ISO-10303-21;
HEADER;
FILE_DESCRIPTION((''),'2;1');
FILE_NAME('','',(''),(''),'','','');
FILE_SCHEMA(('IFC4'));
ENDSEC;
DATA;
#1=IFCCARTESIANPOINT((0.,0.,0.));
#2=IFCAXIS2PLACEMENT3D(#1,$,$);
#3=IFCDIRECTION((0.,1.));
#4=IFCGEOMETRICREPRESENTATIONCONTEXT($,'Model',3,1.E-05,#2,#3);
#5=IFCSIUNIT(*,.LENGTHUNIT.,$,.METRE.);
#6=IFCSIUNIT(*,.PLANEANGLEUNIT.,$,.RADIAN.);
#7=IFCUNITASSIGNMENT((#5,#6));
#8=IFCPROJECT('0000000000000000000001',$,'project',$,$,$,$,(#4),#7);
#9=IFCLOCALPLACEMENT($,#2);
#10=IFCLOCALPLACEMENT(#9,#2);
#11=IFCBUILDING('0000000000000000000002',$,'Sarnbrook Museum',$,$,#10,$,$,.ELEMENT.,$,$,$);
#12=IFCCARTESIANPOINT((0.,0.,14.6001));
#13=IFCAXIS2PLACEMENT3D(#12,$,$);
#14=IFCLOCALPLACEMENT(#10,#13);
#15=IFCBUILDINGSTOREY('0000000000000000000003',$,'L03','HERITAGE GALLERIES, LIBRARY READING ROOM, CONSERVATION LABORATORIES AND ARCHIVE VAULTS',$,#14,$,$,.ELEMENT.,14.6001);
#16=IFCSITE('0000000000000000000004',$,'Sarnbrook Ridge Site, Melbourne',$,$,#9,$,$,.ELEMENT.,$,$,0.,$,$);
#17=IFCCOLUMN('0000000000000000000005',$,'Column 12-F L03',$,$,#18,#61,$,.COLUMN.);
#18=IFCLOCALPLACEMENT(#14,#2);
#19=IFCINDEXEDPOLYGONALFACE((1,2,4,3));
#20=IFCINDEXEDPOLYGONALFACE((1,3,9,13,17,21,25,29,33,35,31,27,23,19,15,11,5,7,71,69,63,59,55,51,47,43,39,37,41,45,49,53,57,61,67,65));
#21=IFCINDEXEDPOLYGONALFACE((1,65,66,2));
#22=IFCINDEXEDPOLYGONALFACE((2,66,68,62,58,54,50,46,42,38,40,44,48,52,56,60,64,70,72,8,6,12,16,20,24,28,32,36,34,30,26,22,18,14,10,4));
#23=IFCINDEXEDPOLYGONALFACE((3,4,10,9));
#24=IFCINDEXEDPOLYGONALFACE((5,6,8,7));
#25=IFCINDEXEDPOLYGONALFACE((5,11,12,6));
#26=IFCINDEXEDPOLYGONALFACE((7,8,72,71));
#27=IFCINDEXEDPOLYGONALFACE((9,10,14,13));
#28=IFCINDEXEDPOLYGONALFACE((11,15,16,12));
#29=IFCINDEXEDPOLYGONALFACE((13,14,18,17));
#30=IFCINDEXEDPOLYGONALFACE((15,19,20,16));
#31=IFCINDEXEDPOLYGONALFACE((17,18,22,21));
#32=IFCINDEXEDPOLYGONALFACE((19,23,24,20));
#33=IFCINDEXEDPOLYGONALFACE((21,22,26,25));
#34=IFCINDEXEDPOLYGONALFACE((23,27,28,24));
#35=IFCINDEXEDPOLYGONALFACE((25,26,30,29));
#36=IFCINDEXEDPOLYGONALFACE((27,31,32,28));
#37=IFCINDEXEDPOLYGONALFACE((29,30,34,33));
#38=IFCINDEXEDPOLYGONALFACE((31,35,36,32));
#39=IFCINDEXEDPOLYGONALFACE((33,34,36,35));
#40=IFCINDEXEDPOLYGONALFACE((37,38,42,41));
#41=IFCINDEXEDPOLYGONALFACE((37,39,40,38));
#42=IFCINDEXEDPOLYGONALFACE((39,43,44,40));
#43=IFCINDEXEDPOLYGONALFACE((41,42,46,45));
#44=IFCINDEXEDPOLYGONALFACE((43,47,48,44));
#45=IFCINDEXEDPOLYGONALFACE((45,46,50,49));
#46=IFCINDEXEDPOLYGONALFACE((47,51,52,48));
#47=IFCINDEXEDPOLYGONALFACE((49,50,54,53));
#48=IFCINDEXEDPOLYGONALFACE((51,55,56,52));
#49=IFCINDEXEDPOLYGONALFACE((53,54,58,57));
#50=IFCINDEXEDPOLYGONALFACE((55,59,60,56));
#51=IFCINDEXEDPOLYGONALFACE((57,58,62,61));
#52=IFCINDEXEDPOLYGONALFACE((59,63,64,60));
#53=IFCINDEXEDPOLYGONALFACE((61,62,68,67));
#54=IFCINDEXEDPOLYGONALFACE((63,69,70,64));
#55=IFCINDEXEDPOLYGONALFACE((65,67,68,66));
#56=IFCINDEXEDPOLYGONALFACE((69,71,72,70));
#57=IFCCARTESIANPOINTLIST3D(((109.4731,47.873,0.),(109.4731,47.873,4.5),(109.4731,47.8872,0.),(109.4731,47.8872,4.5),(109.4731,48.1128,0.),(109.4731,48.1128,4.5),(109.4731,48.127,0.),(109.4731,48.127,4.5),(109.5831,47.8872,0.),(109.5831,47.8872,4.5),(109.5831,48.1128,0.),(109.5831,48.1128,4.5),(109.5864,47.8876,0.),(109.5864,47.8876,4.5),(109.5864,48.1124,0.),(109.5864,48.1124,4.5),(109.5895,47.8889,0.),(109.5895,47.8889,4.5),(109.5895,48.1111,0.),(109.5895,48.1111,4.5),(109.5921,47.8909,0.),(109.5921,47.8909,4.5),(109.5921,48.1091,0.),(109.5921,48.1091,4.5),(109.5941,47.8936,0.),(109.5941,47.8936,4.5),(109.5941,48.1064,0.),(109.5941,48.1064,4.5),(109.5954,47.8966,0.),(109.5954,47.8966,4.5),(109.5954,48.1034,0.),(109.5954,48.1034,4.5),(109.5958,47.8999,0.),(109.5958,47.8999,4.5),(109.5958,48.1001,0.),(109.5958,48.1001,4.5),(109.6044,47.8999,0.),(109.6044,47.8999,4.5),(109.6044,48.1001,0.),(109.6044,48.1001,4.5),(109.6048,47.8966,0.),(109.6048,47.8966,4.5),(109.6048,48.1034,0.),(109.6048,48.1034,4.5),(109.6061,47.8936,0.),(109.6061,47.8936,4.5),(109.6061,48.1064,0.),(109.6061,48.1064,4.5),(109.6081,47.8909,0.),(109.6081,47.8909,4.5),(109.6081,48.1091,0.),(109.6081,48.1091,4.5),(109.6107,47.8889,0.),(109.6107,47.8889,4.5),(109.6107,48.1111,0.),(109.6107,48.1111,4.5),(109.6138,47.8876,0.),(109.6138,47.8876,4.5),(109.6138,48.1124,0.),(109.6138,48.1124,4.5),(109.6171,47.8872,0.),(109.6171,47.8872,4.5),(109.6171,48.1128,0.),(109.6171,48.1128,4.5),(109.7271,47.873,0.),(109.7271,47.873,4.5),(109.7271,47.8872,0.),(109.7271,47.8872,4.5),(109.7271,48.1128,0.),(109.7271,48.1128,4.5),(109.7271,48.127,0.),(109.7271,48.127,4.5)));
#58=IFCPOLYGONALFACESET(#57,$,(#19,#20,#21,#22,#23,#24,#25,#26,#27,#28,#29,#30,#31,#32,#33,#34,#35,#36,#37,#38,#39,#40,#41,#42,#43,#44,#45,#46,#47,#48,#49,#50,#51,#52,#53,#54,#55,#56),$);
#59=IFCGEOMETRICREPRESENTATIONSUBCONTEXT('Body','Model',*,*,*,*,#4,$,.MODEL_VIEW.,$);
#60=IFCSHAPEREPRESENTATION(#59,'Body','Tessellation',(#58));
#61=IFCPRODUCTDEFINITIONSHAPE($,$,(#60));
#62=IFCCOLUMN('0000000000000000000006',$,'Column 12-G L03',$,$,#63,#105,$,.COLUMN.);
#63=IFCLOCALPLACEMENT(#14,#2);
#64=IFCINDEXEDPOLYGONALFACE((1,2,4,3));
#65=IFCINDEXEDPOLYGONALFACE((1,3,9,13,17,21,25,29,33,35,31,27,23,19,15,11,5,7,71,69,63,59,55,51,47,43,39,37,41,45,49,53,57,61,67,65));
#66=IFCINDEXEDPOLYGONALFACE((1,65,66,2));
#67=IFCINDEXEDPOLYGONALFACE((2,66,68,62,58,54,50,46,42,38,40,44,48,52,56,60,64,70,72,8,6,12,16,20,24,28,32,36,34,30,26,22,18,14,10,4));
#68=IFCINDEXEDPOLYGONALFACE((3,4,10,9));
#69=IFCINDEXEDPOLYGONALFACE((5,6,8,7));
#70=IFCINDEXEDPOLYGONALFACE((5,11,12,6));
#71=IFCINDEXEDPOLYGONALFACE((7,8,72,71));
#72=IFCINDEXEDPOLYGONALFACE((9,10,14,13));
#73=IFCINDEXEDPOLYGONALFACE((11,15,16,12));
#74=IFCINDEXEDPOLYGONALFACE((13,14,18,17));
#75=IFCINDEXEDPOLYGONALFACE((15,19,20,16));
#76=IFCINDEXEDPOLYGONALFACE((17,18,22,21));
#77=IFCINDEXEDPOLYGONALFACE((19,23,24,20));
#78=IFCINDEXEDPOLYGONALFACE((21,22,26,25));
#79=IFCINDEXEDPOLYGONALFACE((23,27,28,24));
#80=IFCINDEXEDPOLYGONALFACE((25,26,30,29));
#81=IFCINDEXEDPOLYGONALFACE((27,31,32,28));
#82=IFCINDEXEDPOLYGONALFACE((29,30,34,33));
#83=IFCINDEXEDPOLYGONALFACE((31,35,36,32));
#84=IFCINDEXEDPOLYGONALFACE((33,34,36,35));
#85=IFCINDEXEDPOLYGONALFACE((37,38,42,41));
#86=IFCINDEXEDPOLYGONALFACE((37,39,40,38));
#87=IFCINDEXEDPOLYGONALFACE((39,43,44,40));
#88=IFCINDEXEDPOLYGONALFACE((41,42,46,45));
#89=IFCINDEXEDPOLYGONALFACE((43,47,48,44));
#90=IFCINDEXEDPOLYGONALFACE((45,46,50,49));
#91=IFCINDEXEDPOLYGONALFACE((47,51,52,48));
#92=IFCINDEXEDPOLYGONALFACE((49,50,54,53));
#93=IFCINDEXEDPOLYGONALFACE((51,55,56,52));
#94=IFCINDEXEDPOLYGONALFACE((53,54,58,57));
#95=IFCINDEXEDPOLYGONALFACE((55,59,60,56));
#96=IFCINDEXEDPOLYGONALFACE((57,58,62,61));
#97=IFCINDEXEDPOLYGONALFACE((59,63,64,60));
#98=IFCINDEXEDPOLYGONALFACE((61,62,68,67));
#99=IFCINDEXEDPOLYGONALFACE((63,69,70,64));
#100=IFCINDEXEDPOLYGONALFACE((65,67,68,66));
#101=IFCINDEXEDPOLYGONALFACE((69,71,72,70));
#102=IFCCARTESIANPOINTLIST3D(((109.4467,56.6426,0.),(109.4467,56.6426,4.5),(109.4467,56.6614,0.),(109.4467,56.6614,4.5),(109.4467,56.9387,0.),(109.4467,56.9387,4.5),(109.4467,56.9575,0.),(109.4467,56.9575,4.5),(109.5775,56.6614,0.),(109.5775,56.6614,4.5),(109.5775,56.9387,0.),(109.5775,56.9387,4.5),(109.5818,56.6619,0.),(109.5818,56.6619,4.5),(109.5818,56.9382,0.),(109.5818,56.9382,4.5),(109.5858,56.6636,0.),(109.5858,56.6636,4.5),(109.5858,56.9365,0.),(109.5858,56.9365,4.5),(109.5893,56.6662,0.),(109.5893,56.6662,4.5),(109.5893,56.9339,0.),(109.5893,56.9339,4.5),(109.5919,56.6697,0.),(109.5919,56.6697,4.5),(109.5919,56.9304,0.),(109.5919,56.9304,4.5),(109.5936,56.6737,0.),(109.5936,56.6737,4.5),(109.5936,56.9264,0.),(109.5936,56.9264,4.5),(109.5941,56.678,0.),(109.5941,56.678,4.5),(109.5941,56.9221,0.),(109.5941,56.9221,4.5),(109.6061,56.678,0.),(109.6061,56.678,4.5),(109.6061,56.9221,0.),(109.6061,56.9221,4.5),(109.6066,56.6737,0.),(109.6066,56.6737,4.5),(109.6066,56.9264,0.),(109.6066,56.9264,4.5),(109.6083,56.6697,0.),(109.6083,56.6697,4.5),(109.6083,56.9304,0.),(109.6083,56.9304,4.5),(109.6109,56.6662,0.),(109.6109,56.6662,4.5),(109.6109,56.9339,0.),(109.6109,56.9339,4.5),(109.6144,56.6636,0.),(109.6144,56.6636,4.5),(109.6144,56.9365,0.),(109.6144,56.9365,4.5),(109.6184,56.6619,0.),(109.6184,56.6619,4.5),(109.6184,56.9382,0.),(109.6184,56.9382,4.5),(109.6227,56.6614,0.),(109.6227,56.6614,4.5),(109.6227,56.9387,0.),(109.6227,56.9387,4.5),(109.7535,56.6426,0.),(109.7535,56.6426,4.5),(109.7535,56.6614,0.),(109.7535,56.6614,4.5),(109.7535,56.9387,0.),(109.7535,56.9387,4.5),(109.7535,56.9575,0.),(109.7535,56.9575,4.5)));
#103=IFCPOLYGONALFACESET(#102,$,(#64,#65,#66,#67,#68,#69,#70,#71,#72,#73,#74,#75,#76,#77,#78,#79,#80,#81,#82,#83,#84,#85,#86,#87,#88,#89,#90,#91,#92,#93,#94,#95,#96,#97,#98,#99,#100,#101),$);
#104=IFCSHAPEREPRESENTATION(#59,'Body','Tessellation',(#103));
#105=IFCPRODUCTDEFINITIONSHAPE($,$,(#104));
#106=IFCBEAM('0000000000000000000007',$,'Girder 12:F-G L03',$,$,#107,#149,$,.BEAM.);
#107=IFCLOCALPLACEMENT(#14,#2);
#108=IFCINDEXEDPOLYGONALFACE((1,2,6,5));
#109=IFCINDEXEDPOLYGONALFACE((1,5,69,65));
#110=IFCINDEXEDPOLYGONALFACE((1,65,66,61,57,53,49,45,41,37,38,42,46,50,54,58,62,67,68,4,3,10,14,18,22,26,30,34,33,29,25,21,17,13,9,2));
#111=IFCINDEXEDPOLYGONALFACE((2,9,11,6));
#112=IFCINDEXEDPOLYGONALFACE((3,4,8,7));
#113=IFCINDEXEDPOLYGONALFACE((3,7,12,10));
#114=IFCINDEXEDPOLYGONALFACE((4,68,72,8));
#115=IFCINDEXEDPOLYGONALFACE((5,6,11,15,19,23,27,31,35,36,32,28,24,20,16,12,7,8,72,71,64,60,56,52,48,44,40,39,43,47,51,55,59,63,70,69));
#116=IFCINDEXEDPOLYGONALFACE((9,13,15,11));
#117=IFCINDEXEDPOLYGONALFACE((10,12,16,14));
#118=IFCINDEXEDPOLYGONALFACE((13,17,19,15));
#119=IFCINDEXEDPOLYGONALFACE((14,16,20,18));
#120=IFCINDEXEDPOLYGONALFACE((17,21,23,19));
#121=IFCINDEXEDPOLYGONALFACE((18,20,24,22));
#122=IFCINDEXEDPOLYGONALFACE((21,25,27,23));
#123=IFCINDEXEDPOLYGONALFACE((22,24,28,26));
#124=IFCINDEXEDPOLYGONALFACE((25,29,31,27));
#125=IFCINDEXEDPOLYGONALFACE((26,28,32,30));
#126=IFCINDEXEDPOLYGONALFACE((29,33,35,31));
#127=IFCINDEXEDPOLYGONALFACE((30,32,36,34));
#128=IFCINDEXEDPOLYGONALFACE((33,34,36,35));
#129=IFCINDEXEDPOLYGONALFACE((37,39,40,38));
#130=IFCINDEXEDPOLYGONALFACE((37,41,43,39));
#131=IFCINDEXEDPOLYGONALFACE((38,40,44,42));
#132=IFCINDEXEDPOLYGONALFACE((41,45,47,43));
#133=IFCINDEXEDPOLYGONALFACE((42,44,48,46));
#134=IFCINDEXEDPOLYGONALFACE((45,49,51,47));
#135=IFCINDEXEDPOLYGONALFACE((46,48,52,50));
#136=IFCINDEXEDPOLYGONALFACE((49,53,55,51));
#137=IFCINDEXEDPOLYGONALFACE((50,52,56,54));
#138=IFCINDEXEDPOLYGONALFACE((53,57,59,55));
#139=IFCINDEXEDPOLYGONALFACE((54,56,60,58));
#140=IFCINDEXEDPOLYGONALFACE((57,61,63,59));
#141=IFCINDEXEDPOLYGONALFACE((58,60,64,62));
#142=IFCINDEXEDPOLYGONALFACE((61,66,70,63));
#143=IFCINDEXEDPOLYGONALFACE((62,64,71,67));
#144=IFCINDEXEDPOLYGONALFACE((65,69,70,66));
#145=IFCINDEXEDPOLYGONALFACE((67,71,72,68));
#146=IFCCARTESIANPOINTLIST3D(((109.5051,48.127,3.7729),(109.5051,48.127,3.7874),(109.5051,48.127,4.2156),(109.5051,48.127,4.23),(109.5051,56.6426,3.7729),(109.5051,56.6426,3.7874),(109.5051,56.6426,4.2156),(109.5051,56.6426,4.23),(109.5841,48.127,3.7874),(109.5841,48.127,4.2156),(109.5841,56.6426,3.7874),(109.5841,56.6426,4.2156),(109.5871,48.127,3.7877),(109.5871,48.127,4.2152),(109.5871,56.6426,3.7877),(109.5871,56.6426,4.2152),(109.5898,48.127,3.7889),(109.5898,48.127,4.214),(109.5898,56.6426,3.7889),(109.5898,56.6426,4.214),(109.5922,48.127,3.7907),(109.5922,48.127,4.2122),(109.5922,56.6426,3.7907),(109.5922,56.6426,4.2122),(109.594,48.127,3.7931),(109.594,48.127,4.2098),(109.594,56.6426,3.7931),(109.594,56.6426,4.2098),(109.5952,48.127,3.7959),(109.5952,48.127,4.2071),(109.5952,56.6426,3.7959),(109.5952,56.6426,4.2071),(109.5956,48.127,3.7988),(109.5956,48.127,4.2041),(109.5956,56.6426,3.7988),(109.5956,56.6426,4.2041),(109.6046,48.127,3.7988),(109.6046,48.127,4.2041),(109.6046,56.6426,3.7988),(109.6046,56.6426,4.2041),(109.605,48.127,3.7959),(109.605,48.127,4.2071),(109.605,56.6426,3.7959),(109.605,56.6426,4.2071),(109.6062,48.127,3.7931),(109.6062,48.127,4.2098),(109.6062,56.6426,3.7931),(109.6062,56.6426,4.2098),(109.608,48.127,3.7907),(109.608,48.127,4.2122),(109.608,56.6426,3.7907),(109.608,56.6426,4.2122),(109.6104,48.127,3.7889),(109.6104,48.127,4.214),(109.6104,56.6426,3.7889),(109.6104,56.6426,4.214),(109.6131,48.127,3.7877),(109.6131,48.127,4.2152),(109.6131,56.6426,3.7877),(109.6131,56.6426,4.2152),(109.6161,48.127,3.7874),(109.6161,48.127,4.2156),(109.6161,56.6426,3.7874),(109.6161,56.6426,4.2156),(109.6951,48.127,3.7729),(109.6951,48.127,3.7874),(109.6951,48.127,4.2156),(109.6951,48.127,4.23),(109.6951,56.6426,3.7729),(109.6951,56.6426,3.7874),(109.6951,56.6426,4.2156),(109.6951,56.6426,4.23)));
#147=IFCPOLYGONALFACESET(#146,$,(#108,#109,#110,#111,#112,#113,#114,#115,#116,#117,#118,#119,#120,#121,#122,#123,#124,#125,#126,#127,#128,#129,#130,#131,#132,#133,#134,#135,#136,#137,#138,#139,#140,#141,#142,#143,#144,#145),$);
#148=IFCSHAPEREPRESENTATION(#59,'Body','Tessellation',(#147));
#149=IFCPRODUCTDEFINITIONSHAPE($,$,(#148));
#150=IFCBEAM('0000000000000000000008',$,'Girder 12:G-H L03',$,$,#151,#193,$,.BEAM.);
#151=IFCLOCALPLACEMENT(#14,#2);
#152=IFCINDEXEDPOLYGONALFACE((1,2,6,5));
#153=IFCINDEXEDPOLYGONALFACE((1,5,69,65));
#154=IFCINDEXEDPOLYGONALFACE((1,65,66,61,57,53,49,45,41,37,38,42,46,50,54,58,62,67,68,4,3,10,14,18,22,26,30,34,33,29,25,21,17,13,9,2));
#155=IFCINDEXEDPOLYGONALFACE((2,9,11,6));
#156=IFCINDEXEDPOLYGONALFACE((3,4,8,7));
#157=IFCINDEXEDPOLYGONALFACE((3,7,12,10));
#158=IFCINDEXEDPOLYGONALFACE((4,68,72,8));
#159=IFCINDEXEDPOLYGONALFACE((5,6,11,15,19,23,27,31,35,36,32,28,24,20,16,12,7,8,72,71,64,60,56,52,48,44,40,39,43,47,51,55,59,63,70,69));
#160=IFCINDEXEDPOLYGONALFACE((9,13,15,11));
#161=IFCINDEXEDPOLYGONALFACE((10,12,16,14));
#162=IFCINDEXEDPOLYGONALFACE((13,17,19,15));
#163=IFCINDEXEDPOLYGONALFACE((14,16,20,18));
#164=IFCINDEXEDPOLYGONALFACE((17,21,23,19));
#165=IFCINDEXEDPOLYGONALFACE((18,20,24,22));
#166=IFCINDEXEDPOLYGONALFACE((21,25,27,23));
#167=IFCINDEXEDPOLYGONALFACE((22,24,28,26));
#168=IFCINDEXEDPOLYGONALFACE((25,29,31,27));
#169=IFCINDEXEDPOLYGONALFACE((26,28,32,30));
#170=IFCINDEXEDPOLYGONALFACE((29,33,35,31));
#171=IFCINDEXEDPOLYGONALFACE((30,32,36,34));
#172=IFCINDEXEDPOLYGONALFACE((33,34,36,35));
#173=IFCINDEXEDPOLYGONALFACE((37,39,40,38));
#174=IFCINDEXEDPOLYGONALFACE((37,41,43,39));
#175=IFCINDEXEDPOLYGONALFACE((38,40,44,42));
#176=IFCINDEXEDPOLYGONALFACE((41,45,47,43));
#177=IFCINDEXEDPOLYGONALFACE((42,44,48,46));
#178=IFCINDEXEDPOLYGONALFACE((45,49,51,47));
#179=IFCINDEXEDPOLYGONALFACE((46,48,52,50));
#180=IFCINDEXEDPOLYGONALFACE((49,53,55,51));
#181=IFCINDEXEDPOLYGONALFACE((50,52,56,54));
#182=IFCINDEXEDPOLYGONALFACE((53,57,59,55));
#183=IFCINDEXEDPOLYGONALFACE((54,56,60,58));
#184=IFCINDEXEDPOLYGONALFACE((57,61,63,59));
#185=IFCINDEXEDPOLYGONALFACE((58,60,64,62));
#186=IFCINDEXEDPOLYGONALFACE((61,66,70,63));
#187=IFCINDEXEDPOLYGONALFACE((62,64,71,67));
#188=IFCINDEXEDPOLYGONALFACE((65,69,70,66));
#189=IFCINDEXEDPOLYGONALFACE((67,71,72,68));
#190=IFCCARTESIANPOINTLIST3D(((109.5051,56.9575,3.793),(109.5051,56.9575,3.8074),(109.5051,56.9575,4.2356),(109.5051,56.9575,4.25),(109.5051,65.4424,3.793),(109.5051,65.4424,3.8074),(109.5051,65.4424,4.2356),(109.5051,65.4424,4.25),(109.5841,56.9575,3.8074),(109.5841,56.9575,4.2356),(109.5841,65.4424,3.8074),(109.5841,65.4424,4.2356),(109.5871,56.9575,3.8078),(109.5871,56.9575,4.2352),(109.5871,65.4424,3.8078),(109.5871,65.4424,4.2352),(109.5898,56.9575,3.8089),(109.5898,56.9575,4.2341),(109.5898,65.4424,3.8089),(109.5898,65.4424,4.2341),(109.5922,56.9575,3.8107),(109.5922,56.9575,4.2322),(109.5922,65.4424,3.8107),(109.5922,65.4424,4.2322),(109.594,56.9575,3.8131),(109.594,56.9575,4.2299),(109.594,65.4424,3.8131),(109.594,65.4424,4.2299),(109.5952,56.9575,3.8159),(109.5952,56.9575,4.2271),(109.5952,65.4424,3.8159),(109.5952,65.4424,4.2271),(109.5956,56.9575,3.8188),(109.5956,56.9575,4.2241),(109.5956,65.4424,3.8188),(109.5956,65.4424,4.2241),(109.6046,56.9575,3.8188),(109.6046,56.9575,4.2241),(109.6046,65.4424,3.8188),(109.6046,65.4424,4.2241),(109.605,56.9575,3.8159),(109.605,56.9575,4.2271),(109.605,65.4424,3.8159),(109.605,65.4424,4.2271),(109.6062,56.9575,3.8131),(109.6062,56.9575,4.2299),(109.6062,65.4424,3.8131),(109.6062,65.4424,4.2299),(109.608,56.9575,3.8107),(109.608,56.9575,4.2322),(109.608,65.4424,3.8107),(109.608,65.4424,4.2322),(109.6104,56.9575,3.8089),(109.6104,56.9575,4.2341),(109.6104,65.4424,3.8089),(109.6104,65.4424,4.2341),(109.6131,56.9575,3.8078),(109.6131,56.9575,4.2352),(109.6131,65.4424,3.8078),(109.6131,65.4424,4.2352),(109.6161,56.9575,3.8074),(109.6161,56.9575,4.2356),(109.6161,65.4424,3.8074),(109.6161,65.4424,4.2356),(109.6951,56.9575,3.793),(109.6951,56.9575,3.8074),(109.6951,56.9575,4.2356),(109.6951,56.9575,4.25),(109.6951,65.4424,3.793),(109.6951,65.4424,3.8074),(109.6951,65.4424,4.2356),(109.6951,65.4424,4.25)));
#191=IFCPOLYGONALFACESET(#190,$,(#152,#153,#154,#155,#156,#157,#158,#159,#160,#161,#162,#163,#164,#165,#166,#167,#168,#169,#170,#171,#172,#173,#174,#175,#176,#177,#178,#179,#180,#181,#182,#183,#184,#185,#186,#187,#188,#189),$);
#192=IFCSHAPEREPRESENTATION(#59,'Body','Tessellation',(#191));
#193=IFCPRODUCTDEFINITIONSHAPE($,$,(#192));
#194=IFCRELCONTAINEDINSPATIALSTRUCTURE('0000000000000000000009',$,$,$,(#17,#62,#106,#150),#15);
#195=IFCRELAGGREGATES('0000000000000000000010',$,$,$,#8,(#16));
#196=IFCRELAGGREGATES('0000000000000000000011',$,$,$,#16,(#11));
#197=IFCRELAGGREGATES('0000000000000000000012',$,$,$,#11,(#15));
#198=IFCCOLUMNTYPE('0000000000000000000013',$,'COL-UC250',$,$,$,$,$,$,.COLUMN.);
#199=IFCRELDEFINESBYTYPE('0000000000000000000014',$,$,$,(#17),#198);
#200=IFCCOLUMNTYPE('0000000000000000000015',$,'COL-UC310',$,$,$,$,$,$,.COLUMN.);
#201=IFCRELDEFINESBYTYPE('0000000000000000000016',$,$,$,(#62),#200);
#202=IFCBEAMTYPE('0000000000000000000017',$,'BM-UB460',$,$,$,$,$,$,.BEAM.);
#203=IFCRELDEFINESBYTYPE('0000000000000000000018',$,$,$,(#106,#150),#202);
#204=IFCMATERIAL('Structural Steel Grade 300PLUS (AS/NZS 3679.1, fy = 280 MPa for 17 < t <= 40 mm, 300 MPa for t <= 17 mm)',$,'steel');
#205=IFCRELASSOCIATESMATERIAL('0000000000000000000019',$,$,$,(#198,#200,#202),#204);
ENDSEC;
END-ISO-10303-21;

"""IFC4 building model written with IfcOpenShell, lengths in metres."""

from ifc_helpers import new_model, si_unit, direction, frame, origin, origin_2d, place, context, subcontext, project, spatial, i_section, extrude, material, material_profile, profile_set, type_object, element, save


model = new_model("IFC4")

# Units and contexts
model_context = context("Model", 3, precision=1e-05, world=origin(), true_north=direction((0.0, 1.0)))
body_context = subcontext(model_context, "Body", "Model", "MODEL_VIEW")
ifc_project = project(units=[si_unit("LENGTHUNIT", "METRE"), si_unit("PLANEANGLEUNIT", "RADIAN")], contexts=[model_context])

# Site, building, storey
site_placement = place(None, origin())
site = spatial("IfcSite", under=ifc_project, at=site_placement, Name="Sarnbrook Ridge Site, Melbourne", CompositionType="ELEMENT", RefElevation=0.0)
building_placement = place(site_placement, origin())
building = spatial("IfcBuilding", under=site, at=building_placement, Name="Sarnbrook Museum", CompositionType="ELEMENT")
storey_placement = place(building_placement, frame((0.0, 0.0, 14.6001)))
storey = spatial("IfcBuildingStorey", under=building, at=storey_placement, Name="L03", Description="HERITAGE GALLERIES, LIBRARY READING ROOM, CONSERVATION LABORATORIES AND ARCHIVE VAULTS", CompositionType="ELEMENT", Elevation=14.6001)

# Columns
ifc_material_1 = material(Name="Structural Steel Grade 300PLUS (AS/NZS 3679.1, fy = 280 MPa for 17 < t <= 40 mm, 300 MPa for t <= 17 mm)", Category="steel")
ifc_material_profile_1 = material_profile(ifc_material_1, i_section(OverallWidth=0.2539, OverallDepth=0.2539, WebThickness=0.0085, FlangeThickness=0.0142, FilletRadius=0.0127, at=origin_2d()), Name="250UC72.9")
ifc_profile_set_1 = profile_set([ifc_material_profile_1], Name="Structural Steel Grade 300PLUS (AS/NZS 3679.1, fy = 280 MPa for 17 < t <= 40 mm, 300 MPa for t <= 17 mm)")
column_type_1 = type_object("IfcColumnType", Name="COL-UC250", PredefinedType="COLUMN", material=ifc_profile_set_1)
column_1_placement = place(storey_placement, frame((109.6001, 48.0, 0.0), z_axis=(0.0, 0.0, 1.0), x_axis=(1.0, 0.0, 0.0)))
element("IfcColumn", 1, at=column_1_placement, inside=storey, type_object=column_type_1, Name="Column 12-F L03", PredefinedType="COLUMN", context=body_context, shape_type="SweptSolid", body=[
    extrude(i_section(OverallWidth=0.2539, OverallDepth=0.2539, WebThickness=0.0085, FlangeThickness=0.0142, FilletRadius=0.0127, at=origin_2d()), origin(), (0.0, 0.0, 1.0), 4.5),
])
ifc_material_profile_2 = material_profile(ifc_material_1, i_section(OverallWidth=0.3069, OverallDepth=0.3149, WebThickness=0.012, FlangeThickness=0.0188, FilletRadius=0.0166, at=origin_2d()), Name="310UC118")
ifc_profile_set_2 = profile_set([ifc_material_profile_2], Name="Structural Steel Grade 300PLUS (AS/NZS 3679.1, fy = 280 MPa for 17 < t <= 40 mm, 300 MPa for t <= 17 mm)")
column_type_2 = type_object("IfcColumnType", Name="COL-UC310", PredefinedType="COLUMN", material=ifc_profile_set_2)
column_2_placement = place(storey_placement, frame((109.6001, 56.8, 0.0), z_axis=(0.0, 0.0, 1.0), x_axis=(1.0, 0.0, 0.0)))
element("IfcColumn", 2, at=column_2_placement, inside=storey, type_object=column_type_2, Name="Column 12-G L03", PredefinedType="COLUMN", context=body_context, shape_type="SweptSolid", body=[
    extrude(i_section(OverallWidth=0.3069, OverallDepth=0.3149, WebThickness=0.012, FlangeThickness=0.0188, FilletRadius=0.0166, at=origin_2d()), origin(), (0.0, 0.0, 1.0), 4.5),
])

# Beams
ifc_material_profile_3 = material_profile(ifc_material_1, i_section(OverallWidth=0.1899, OverallDepth=0.457, WebThickness=0.009, FlangeThickness=0.0144, FilletRadius=0.0115, at=origin_2d()), Name="460UB74.6")
ifc_profile_set_3 = profile_set([ifc_material_profile_3], Name="Structural Steel Grade 300PLUS (AS/NZS 3679.1, fy = 280 MPa for 17 < t <= 40 mm, 300 MPa for t <= 17 mm)")
beam_type_1 = type_object("IfcBeamType", Name="BM-UB460", PredefinedType="BEAM", material=ifc_profile_set_3)
beam_1_placement = place(storey_placement, frame((109.6001, 48.127, 4.0015), z_axis=(0.0, 1.0, 0.0), x_axis=(-1.0, 0.0, 0.0)))
element("IfcBeam", 3, at=beam_1_placement, inside=storey, type_object=beam_type_1, Name="Girder 12:F-G L03", PredefinedType="BEAM", context=body_context, shape_type="SweptSolid", body=[
    extrude(i_section(OverallWidth=0.1899, OverallDepth=0.457, WebThickness=0.009, FlangeThickness=0.0144, FilletRadius=0.0115, at=origin_2d()), origin(), (0.0, 0.0, 1.0), 8.5156),
])
beam_2_placement = place(storey_placement, frame((109.6001, 56.9575, 4.0215), z_axis=(0.0, 1.0, 0.0), x_axis=(-1.0, 0.0, 0.0)))
element("IfcBeam", 4, at=beam_2_placement, inside=storey, type_object=beam_type_1, Name="Girder 12:G-H L03", PredefinedType="BEAM", context=body_context, shape_type="SweptSolid", body=[
    extrude(i_section(OverallWidth=0.1899, OverallDepth=0.457, WebThickness=0.009, FlangeThickness=0.0144, FilletRadius=0.0115, at=origin_2d()), origin(), (0.0, 0.0, 1.0), 8.4849),
])

save(model, "model.ifc")
